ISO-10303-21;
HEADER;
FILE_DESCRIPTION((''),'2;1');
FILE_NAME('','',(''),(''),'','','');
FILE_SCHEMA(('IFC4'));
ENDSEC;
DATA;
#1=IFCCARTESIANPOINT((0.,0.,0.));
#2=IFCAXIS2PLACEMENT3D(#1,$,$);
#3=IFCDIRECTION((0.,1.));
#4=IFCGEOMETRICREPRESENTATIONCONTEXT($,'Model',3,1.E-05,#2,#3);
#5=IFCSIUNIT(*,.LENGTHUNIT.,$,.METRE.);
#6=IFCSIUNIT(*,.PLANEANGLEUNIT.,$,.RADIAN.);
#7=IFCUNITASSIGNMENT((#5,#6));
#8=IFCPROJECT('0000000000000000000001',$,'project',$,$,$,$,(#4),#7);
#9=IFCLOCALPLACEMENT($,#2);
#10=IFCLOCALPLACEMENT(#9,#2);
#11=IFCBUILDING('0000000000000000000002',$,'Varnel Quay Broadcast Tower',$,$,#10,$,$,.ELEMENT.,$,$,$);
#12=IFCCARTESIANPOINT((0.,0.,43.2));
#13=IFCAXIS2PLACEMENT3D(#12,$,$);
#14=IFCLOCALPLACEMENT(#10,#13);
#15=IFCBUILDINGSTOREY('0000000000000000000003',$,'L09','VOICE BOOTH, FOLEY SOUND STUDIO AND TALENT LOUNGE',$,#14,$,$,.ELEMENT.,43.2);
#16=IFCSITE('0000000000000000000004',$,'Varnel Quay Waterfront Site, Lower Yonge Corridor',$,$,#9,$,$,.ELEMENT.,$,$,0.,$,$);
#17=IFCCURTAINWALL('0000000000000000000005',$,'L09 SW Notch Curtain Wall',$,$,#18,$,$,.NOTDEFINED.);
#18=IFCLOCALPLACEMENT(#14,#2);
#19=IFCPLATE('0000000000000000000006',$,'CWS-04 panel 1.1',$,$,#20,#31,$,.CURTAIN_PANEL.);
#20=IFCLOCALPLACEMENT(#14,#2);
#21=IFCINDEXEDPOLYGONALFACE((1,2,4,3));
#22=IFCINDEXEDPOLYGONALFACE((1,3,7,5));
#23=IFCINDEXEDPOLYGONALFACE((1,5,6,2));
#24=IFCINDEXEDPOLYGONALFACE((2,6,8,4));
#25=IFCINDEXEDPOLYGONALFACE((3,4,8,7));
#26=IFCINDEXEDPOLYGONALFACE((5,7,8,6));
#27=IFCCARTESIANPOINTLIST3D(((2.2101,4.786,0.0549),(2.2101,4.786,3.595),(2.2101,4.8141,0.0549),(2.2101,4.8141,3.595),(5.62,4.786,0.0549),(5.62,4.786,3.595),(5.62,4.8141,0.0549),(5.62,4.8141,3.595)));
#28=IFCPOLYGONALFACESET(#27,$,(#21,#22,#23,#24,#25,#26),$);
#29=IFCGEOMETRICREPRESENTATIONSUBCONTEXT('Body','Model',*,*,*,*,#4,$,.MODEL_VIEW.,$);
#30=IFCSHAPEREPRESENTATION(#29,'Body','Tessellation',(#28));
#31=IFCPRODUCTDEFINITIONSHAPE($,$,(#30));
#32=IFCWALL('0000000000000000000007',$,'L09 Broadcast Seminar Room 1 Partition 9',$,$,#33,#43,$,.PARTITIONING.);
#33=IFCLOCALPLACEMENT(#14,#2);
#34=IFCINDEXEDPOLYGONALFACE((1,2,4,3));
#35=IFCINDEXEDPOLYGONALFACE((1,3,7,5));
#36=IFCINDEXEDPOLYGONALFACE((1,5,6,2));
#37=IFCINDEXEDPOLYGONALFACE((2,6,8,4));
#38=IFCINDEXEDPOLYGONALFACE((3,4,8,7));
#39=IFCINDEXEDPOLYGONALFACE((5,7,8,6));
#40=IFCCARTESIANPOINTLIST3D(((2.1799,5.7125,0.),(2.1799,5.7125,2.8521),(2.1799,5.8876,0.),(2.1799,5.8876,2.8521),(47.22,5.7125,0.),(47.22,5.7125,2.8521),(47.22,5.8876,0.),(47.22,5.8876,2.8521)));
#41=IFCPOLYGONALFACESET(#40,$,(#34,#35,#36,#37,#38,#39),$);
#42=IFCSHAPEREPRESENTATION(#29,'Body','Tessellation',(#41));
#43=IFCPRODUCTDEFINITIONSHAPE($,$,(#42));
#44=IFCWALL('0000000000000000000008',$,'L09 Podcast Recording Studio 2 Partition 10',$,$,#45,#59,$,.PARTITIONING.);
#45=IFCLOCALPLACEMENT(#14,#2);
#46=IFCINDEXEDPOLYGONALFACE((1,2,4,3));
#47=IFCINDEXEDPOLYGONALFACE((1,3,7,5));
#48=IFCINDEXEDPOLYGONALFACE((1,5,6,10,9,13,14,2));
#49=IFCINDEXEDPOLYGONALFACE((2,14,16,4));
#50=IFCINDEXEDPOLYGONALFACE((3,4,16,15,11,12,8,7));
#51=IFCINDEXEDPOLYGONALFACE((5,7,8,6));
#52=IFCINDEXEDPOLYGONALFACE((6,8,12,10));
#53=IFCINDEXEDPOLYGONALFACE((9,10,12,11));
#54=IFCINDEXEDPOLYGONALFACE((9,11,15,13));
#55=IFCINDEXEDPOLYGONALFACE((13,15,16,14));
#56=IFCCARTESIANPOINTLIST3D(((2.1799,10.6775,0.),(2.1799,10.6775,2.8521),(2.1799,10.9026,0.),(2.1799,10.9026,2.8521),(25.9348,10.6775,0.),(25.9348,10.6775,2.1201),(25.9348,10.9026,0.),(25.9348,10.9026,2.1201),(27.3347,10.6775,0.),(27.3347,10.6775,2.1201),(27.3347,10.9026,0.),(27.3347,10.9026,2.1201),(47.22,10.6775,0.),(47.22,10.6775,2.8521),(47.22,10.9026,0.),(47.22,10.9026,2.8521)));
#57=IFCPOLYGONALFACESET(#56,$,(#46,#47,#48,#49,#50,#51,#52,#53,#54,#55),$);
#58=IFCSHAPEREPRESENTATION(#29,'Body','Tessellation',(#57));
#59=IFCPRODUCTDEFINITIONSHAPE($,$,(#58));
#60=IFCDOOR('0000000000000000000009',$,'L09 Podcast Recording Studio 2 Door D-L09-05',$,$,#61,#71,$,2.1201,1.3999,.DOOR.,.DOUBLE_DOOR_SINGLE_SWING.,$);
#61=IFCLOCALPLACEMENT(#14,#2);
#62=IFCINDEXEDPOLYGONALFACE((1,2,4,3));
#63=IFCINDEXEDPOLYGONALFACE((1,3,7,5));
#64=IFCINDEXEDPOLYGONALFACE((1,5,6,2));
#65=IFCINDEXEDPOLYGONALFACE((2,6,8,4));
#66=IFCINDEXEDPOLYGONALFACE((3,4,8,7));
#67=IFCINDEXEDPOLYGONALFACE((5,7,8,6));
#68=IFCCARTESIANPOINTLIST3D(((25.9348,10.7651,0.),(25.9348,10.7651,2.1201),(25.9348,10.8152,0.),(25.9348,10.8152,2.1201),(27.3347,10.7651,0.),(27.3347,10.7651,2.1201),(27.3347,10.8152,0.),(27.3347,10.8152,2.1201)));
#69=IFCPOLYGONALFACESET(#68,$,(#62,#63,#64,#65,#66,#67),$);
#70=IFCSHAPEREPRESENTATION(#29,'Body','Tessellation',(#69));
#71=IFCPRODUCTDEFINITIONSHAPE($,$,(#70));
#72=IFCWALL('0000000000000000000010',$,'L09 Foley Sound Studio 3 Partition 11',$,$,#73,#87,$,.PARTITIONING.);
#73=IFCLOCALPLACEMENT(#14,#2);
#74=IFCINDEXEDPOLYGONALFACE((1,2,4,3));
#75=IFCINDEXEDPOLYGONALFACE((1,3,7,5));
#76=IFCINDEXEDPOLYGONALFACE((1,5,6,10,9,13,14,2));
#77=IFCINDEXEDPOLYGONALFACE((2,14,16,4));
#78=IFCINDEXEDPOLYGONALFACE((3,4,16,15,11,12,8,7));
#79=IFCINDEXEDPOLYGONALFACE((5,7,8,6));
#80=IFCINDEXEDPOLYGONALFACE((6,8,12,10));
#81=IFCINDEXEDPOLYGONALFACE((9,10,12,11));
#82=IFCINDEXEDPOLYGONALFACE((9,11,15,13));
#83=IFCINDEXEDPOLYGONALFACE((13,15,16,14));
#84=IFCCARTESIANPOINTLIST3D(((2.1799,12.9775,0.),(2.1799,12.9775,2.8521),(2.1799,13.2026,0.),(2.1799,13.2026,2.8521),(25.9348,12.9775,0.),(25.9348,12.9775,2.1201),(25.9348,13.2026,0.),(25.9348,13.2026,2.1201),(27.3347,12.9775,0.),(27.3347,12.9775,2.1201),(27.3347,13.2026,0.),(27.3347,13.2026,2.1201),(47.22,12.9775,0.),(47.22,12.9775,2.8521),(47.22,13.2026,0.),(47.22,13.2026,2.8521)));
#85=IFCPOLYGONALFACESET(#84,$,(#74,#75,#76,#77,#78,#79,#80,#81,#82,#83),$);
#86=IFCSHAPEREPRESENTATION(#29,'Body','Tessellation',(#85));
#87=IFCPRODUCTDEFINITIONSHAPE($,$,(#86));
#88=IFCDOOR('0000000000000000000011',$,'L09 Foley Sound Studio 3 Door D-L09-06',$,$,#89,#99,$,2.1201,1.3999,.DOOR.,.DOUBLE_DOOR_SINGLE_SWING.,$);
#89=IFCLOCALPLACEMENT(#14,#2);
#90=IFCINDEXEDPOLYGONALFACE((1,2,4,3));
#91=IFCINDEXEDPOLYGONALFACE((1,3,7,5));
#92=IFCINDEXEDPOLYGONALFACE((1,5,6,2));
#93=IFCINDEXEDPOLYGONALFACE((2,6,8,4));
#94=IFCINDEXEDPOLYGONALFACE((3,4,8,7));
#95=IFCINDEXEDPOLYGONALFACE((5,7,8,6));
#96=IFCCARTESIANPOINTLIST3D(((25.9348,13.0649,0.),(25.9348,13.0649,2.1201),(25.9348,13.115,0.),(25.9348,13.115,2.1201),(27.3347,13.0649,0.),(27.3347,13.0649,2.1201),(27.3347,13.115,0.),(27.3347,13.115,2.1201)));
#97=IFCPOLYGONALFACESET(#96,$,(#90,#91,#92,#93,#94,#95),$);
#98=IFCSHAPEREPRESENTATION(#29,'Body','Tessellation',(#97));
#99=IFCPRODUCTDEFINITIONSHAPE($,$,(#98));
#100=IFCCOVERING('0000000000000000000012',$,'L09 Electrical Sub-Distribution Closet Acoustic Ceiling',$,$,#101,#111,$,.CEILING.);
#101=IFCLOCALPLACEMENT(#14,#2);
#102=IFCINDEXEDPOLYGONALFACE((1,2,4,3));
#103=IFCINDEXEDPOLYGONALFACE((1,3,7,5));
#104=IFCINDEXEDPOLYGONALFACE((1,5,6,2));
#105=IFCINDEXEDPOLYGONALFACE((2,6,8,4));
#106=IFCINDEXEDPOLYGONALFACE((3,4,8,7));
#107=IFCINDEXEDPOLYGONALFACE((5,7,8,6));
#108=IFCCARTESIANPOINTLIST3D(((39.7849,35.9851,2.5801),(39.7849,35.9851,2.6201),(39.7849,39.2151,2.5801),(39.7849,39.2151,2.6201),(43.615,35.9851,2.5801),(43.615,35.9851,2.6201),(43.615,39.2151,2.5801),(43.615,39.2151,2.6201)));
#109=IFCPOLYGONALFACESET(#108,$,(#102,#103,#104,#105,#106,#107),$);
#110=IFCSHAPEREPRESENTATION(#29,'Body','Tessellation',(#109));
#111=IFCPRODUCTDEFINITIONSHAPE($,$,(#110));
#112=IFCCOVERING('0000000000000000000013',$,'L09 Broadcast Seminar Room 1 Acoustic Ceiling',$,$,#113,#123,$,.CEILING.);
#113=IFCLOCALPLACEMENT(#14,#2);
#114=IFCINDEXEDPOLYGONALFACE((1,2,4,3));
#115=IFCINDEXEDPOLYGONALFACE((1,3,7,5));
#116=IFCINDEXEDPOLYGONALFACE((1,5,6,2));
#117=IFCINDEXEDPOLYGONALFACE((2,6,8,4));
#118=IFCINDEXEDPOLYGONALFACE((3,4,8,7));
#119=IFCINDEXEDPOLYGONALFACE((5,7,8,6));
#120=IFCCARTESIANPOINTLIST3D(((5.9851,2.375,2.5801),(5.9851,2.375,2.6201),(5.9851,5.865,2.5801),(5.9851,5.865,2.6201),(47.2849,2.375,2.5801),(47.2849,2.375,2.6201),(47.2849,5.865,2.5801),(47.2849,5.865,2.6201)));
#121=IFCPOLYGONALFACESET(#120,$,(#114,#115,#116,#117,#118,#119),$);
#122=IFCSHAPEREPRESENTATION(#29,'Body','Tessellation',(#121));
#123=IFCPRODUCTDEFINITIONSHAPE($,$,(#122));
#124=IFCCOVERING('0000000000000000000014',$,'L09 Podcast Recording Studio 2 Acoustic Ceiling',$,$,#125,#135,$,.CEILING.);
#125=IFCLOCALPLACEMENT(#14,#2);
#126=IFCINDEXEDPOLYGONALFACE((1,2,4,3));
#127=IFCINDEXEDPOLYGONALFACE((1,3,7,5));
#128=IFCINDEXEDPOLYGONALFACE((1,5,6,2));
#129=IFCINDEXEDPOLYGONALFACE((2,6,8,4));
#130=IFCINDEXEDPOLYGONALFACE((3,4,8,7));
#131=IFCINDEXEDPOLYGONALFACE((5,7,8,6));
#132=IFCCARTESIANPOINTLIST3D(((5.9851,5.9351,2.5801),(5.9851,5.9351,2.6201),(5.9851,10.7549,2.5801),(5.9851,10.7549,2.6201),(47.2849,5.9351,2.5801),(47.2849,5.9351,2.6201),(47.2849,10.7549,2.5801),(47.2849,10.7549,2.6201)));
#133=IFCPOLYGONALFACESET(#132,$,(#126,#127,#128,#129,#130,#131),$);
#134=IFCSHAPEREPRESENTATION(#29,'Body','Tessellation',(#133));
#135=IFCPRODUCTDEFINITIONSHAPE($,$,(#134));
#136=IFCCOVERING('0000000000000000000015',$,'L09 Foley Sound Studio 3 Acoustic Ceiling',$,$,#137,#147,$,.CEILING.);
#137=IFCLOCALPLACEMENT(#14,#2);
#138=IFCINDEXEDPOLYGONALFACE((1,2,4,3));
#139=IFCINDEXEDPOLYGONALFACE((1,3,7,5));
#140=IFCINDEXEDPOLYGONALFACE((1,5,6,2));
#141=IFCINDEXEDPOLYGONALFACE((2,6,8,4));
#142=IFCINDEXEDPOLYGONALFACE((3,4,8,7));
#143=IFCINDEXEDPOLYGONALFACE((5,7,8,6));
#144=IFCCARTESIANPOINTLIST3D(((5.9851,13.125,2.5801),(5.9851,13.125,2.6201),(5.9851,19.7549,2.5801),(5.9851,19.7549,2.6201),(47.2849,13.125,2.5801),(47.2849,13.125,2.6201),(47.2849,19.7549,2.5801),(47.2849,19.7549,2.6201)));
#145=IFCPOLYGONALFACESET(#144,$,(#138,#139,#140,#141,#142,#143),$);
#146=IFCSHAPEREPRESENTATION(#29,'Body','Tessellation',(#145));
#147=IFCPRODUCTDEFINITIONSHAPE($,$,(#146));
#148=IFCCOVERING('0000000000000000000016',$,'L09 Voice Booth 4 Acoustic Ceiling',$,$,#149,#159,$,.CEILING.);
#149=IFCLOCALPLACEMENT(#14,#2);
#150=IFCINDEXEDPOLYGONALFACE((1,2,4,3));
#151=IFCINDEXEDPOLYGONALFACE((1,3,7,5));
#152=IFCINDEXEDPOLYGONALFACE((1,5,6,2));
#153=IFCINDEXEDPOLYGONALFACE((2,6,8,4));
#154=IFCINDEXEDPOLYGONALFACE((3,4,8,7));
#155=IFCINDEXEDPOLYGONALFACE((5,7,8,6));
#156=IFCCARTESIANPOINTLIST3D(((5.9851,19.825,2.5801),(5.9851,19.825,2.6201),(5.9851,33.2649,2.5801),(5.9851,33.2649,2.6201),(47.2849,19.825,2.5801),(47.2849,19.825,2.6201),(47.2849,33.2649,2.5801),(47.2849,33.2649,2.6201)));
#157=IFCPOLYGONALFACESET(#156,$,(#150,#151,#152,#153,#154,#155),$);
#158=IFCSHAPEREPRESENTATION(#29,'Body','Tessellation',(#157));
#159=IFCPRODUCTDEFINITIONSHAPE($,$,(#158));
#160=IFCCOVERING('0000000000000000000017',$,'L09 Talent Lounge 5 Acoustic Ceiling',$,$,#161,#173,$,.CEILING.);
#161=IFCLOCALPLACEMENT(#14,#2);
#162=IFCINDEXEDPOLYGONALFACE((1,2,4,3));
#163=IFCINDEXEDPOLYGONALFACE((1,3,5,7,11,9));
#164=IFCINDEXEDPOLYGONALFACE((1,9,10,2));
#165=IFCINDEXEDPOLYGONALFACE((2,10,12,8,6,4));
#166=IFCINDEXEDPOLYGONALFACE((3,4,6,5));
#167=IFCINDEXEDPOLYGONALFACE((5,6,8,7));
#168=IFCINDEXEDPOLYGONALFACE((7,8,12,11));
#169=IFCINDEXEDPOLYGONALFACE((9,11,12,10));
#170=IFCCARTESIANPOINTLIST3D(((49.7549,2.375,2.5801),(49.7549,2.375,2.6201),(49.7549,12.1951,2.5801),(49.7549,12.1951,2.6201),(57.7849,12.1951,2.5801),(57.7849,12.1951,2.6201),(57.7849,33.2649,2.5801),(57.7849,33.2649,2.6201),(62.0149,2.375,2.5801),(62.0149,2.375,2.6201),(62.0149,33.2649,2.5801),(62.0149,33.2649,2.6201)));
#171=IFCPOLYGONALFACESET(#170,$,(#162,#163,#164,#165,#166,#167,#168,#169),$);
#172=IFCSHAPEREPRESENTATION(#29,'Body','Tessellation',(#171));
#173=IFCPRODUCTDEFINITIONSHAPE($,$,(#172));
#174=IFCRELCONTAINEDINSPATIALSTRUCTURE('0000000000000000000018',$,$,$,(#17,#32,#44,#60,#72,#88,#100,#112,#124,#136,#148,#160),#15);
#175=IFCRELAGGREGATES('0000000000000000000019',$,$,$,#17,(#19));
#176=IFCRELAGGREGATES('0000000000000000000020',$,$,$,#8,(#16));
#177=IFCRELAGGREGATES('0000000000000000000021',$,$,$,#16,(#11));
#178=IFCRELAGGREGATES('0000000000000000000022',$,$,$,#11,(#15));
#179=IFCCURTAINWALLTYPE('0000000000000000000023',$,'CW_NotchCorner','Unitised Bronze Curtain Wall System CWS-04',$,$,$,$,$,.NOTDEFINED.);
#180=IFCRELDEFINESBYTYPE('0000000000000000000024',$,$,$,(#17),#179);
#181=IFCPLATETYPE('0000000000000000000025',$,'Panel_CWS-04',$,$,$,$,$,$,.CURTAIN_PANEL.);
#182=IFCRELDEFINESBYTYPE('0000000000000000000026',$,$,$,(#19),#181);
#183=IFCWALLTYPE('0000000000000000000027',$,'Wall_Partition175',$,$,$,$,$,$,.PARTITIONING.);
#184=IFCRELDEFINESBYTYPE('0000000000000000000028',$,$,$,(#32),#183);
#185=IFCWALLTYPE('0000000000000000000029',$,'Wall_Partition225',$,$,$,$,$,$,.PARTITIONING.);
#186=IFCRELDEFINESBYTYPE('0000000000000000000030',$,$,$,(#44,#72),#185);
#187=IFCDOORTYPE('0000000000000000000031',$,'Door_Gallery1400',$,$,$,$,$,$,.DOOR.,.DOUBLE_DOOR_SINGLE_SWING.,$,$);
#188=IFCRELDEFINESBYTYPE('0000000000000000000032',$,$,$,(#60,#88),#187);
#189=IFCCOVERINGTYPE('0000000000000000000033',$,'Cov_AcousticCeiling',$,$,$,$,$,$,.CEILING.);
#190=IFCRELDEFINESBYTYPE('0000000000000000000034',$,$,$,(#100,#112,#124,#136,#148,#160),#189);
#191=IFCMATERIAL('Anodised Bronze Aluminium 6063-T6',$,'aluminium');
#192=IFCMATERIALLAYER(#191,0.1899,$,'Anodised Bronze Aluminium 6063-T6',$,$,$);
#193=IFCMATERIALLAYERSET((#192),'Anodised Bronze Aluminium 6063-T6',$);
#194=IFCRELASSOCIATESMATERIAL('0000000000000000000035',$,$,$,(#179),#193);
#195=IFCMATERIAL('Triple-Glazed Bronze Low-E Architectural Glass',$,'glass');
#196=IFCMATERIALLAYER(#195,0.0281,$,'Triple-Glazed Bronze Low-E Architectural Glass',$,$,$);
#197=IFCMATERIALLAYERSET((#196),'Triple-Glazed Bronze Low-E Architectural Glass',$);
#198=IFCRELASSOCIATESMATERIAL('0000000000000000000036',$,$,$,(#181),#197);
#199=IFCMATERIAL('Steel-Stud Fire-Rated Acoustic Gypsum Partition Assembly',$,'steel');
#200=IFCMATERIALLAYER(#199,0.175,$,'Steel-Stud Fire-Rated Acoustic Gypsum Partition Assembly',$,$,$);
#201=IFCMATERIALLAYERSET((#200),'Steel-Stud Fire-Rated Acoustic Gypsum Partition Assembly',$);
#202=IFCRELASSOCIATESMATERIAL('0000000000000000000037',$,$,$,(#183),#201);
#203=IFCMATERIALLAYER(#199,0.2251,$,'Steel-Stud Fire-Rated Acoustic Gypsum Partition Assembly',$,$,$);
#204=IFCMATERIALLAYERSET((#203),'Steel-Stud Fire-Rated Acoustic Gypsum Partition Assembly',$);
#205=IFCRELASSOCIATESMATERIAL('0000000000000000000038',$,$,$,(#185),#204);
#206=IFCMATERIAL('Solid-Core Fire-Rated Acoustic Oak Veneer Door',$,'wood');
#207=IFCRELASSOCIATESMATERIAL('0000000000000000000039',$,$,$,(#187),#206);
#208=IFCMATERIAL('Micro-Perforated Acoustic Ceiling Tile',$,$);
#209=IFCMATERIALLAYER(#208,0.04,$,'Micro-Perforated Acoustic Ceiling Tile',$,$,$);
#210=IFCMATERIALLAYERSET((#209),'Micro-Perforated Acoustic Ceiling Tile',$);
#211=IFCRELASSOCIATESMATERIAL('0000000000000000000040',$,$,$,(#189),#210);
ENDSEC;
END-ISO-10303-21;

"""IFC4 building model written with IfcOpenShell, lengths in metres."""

from ifc_helpers import new_model, si_unit, direction, frame, frame_2d, origin, origin_2d, place, context, subcontext, project, spatial, polyline, rectangle, outline, extrude, source, transform, mapped, material, layer, layer_set, type_object, type_shapes, element, fill, aggregate, save


model = new_model("IFC4")

# Units and contexts
model_context = context("Model", 3, precision=1e-05, world=origin(), true_north=direction((0.0, 1.0)))
body_context = subcontext(model_context, "Body", "Model", "MODEL_VIEW")
ifc_project = project(units=[si_unit("LENGTHUNIT", "METRE"), si_unit("PLANEANGLEUNIT", "RADIAN")], contexts=[model_context])

# Site, building, storey
site_placement = place(None, origin())
site = spatial("IfcSite", under=ifc_project, at=site_placement, Name="Varnel Quay Waterfront Site, Lower Yonge Corridor", CompositionType="ELEMENT", RefElevation=0.0)
building_placement = place(site_placement, origin())
building = spatial("IfcBuilding", under=site, at=building_placement, Name="Varnel Quay Broadcast Tower", CompositionType="ELEMENT")
storey_placement = place(building_placement, frame((0.0, 0.0, 43.2)))
storey = spatial("IfcBuildingStorey", under=building, at=storey_placement, Name="L09", Description="VOICE BOOTH, FOLEY SOUND STUDIO AND TALENT LOUNGE", CompositionType="ELEMENT", Elevation=43.2)

# Curtain wall
ifc_material_1 = material(Name="Anodised Bronze Aluminium 6063-T6", Category="aluminium")
ifc_layer_1 = layer(ifc_material_1, 0.1899, Name="Anodised Bronze Aluminium 6063-T6")
ifc_layer_set_1 = layer_set([ifc_layer_1], Name="Anodised Bronze Aluminium 6063-T6")
curtain_wall_type_1 = type_object("IfcCurtainWallType", Name="CW_NotchCorner", Description="Unitised Bronze Curtain Wall System CWS-04", PredefinedType="NOTDEFINED", material=ifc_layer_set_1)
curtain_wall_1_placement = place(storey_placement, origin())
curtain_wall_1 = element("IfcCurtainWall", 1, at=curtain_wall_1_placement, inside=storey, type_object=curtain_wall_type_1, Name="L09 SW Notch Curtain Wall", PredefinedType="NOTDEFINED")

# Plate
ifc_material_2 = material(Name="Triple-Glazed Bronze Low-E Architectural Glass", Category="glass")
ifc_layer_2 = layer(ifc_material_2, 0.0281, Name="Triple-Glazed Bronze Low-E Architectural Glass")
ifc_layer_set_2 = layer_set([ifc_layer_2], Name="Triple-Glazed Bronze Low-E Architectural Glass")
plate_type_1 = type_object("IfcPlateType", Name="Panel_CWS-04", PredefinedType="CURTAIN_PANEL", material=ifc_layer_set_2)
shared_shape_1 = source(origin(), body_context, "Body", "SweptSolid", [
    extrude(rectangle(XDim=3.4099, YDim=0.0281, at=origin_2d()), origin(), (0.0, 0.0, 1.0), 3.54),
])
type_shapes(plate_type_1, [shared_shape_1])
plate_1_placement = place(storey_placement, frame((3.915, 4.8, 0.0549), z_axis=(0.0, 0.0, 1.0), x_axis=(1.0, 0.0, 0.0)))
plate_1 = element("IfcPlate", 2, at=plate_1_placement, type_object=plate_type_1, Name="CWS-04 panel 1.1", PredefinedType="CURTAIN_PANEL", context=body_context, shape_type="MappedRepresentation", body=[
    mapped(shared_shape_1, transform((0.0, 0.0, 0.0), x_axis=(1.0, 0.0, 0.0), y_axis=(0.0, 1.0, 0.0), z_axis=(0.0, 0.0, 1.0), scale=1.0)),
])
aggregate(curtain_wall_1, [plate_1])

# Wall
ifc_material_3 = material(Name="Steel-Stud Fire-Rated Acoustic Gypsum Partition Assembly", Category="steel")
ifc_layer_3 = layer(ifc_material_3, 0.175, Name="Steel-Stud Fire-Rated Acoustic Gypsum Partition Assembly")
ifc_layer_set_3 = layer_set([ifc_layer_3], Name="Steel-Stud Fire-Rated Acoustic Gypsum Partition Assembly")
wall_type_1 = type_object("IfcWallType", Name="Wall_Partition175", PredefinedType="PARTITIONING", material=ifc_layer_set_3)
wall_1_placement = place(storey_placement, frame((2.1799, 5.8, 0.0), z_axis=(0.0, 0.0, 1.0), x_axis=(1.0, 0.0, 0.0)))
element("IfcWall", 3, at=wall_1_placement, inside=storey, type_object=wall_type_1, Name="L09 Broadcast Seminar Room 1 Partition 9", PredefinedType="PARTITIONING", context=body_context, shape_type="SweptSolid", body=[
    extrude(rectangle(XDim=45.04, YDim=0.175, at=frame_2d((22.52, 0.0))), origin(), (0.0, 0.0, 1.0), 2.8521),
])

# Walls, openings, doors
ifc_layer_4 = layer(ifc_material_3, 0.2251, Name="Steel-Stud Fire-Rated Acoustic Gypsum Partition Assembly")
ifc_layer_set_4 = layer_set([ifc_layer_4], Name="Steel-Stud Fire-Rated Acoustic Gypsum Partition Assembly")
wall_type_2 = type_object("IfcWallType", Name="Wall_Partition225", PredefinedType="PARTITIONING", material=ifc_layer_set_4)
wall_2_placement = place(storey_placement, frame((2.1799, 10.79, 0.0), z_axis=(0.0, 0.0, 1.0), x_axis=(1.0, 0.0, 0.0)))
wall_2 = element("IfcWall", 4, at=wall_2_placement, inside=storey, type_object=wall_type_2, Name="L09 Podcast Recording Studio 2 Partition 10", PredefinedType="PARTITIONING", context=body_context, shape_type="SweptSolid", body=[
    extrude(rectangle(XDim=45.04, YDim=0.2251, at=frame_2d((22.52, 0.0))), origin(), (0.0, 0.0, 1.0), 2.8521),
])
opening_1_placement = place(wall_2_placement, frame((23.7549, 0.0, 0.0)))
opening_1 = element("IfcOpeningElement", 5, at=opening_1_placement, cuts=wall_2, PredefinedType="OPENING", context=body_context, shape_type="SweptSolid", body=[
    extrude(rectangle(XDim=1.3999, YDim=2.1201, at=frame_2d((0.7, 1.0601))), frame((0.0, 0.1226, 0.0), z_axis=(0.0, -1.0, 0.0), x_axis=(1.0, 0.0, 0.0)), (0.0, 0.0, 1.0), 0.2451),
])
ifc_material_4 = material(Name="Solid-Core Fire-Rated Acoustic Oak Veneer Door", Category="wood")
door_type = type_object("IfcDoorType", Name="Door_Gallery1400", OperationType="DOUBLE_DOOR_SINGLE_SWING", PredefinedType="DOOR", material=ifc_material_4)
shared_shape_2 = source(origin(), body_context, "Body", "SweptSolid", [
    extrude(rectangle(XDim=1.3999, YDim=2.1201, at=frame_2d((0.7, 1.0601))), frame((0.0, 0.0249, 0.0), z_axis=(0.0, -1.0, 0.0), x_axis=(1.0, 0.0, 0.0)), (0.0, 0.0, 1.0), 0.05),
])
type_shapes(door_type, [shared_shape_2])
door_1_placement = place(opening_1_placement, frame((1.3999, 0.0, 0.0), z_axis=(0.0, 0.0, 1.0), x_axis=(-1.0, 0.0, 0.0)))
door_1 = element("IfcDoor", 6, at=door_1_placement, inside=storey, type_object=door_type, Name="L09 Podcast Recording Studio 2 Door D-L09-05", OperationType="DOUBLE_DOOR_SINGLE_SWING", OverallHeight=2.1201, OverallWidth=1.3999, PredefinedType="DOOR", context=body_context, shape_type="MappedRepresentation", body=[
    mapped(shared_shape_2, transform((0.0, 0.0, 0.0), x_axis=(1.0, 0.0, 0.0), y_axis=(0.0, 1.0, 0.0), z_axis=(0.0, 0.0, 1.0), scale=1.0)),
])
fill(opening_1, door_1)
wall_3_placement = place(storey_placement, frame((2.1799, 13.0901, 0.0), z_axis=(0.0, 0.0, 1.0), x_axis=(1.0, 0.0, 0.0)))
wall_3 = element("IfcWall", 7, at=wall_3_placement, inside=storey, type_object=wall_type_2, Name="L09 Foley Sound Studio 3 Partition 11", PredefinedType="PARTITIONING", context=body_context, shape_type="SweptSolid", body=[
    extrude(rectangle(XDim=45.04, YDim=0.2251, at=frame_2d((22.52, 0.0))), origin(), (0.0, 0.0, 1.0), 2.8521),
])
opening_2_placement = place(wall_3_placement, frame((23.7549, 0.0, 0.0)))
opening_2 = element("IfcOpeningElement", 8, at=opening_2_placement, cuts=wall_3, PredefinedType="OPENING", context=body_context, shape_type="SweptSolid", body=[
    extrude(rectangle(XDim=1.3999, YDim=2.1201, at=frame_2d((0.7, 1.0601))), frame((0.0, 0.1226, 0.0), z_axis=(0.0, -1.0, 0.0), x_axis=(1.0, 0.0, 0.0)), (0.0, 0.0, 1.0), 0.2451),
])
door_2_placement = place(opening_2_placement, origin())
door_2 = element("IfcDoor", 9, at=door_2_placement, inside=storey, type_object=door_type, Name="L09 Foley Sound Studio 3 Door D-L09-06", OperationType="DOUBLE_DOOR_SINGLE_SWING", OverallHeight=2.1201, OverallWidth=1.3999, PredefinedType="DOOR", context=body_context, shape_type="MappedRepresentation", body=[
    mapped(shared_shape_2, transform((0.0, 0.0, 0.0), x_axis=(1.0, 0.0, 0.0), y_axis=(0.0, 1.0, 0.0), z_axis=(0.0, 0.0, 1.0), scale=1.0)),
])
fill(opening_2, door_2)

# Coverings
ifc_material_5 = material(Name="Micro-Perforated Acoustic Ceiling Tile")
ifc_layer_5 = layer(ifc_material_5, 0.04, Name="Micro-Perforated Acoustic Ceiling Tile")
ifc_layer_set_5 = layer_set([ifc_layer_5], Name="Micro-Perforated Acoustic Ceiling Tile")
covering_type_1 = type_object("IfcCoveringType", Name="Cov_AcousticCeiling", PredefinedType="CEILING", material=ifc_layer_set_5)
covering_1_placement = place(storey_placement, frame((0.0, 0.0, 2.5801)))
element("IfcCovering", 10, at=covering_1_placement, inside=storey, type_object=covering_type_1, Name="L09 Electrical Sub-Distribution Closet Acoustic Ceiling", PredefinedType="CEILING", context=body_context, shape_type="SweptSolid", body=[
    extrude(outline(polyline([(39.7849, 35.9851), (43.615, 35.9851), (43.615, 39.2151), (39.7849, 39.2151), (39.7849, 35.9851)])), origin(), (0.0, 0.0, 1.0), 0.04),
])
covering_2_placement = place(storey_placement, frame((0.0, 0.0, 2.5801)))
element("IfcCovering", 11, at=covering_2_placement, inside=storey, type_object=covering_type_1, Name="L09 Broadcast Seminar Room 1 Acoustic Ceiling", PredefinedType="CEILING", context=body_context, shape_type="SweptSolid", body=[
    extrude(outline(polyline([(5.9851, 2.375), (47.2849, 2.375), (47.2849, 5.865), (5.9851, 5.865), (5.9851, 2.375)])), origin(), (0.0, 0.0, 1.0), 0.04),
])
covering_3_placement = place(storey_placement, frame((0.0, 0.0, 2.5801)))
element("IfcCovering", 12, at=covering_3_placement, inside=storey, type_object=covering_type_1, Name="L09 Podcast Recording Studio 2 Acoustic Ceiling", PredefinedType="CEILING", context=body_context, shape_type="SweptSolid", body=[
    extrude(outline(polyline([(5.9851, 5.9351), (47.2849, 5.9351), (47.2849, 10.7549), (5.9851, 10.7549), (5.9851, 5.9351)])), origin(), (0.0, 0.0, 1.0), 0.04),
])
covering_4_placement = place(storey_placement, frame((0.0, 0.0, 2.5801)))
element("IfcCovering", 13, at=covering_4_placement, inside=storey, type_object=covering_type_1, Name="L09 Foley Sound Studio 3 Acoustic Ceiling", PredefinedType="CEILING", context=body_context, shape_type="SweptSolid", body=[
    extrude(outline(polyline([(5.9851, 13.125), (47.2849, 13.125), (47.2849, 19.7549), (5.9851, 19.7549), (5.9851, 13.125)])), origin(), (0.0, 0.0, 1.0), 0.04),
])
covering_5_placement = place(storey_placement, frame((0.0, 0.0, 2.5801)))
element("IfcCovering", 14, at=covering_5_placement, inside=storey, type_object=covering_type_1, Name="L09 Voice Booth 4 Acoustic Ceiling", PredefinedType="CEILING", context=body_context, shape_type="SweptSolid", body=[
    extrude(outline(polyline([(5.9851, 19.825), (47.2849, 19.825), (47.2849, 33.2649), (5.9851, 33.2649), (5.9851, 19.825)])), origin(), (0.0, 0.0, 1.0), 0.04),
])
covering_6_placement = place(storey_placement, frame((0.0, 0.0, 2.5801)))
element("IfcCovering", 15, at=covering_6_placement, inside=storey, type_object=covering_type_1, Name="L09 Talent Lounge 5 Acoustic Ceiling", PredefinedType="CEILING", context=body_context, shape_type="SweptSolid", body=[
    extrude(outline(polyline([(49.7549, 2.375), (62.0149, 2.375), (62.0149, 33.2649), (57.7849, 33.2649), (57.7849, 12.1951), (49.7549, 12.1951), (49.7549, 2.375)])), origin(), (0.0, 0.0, 1.0), 0.04),
])

save(model, "model.ifc")
